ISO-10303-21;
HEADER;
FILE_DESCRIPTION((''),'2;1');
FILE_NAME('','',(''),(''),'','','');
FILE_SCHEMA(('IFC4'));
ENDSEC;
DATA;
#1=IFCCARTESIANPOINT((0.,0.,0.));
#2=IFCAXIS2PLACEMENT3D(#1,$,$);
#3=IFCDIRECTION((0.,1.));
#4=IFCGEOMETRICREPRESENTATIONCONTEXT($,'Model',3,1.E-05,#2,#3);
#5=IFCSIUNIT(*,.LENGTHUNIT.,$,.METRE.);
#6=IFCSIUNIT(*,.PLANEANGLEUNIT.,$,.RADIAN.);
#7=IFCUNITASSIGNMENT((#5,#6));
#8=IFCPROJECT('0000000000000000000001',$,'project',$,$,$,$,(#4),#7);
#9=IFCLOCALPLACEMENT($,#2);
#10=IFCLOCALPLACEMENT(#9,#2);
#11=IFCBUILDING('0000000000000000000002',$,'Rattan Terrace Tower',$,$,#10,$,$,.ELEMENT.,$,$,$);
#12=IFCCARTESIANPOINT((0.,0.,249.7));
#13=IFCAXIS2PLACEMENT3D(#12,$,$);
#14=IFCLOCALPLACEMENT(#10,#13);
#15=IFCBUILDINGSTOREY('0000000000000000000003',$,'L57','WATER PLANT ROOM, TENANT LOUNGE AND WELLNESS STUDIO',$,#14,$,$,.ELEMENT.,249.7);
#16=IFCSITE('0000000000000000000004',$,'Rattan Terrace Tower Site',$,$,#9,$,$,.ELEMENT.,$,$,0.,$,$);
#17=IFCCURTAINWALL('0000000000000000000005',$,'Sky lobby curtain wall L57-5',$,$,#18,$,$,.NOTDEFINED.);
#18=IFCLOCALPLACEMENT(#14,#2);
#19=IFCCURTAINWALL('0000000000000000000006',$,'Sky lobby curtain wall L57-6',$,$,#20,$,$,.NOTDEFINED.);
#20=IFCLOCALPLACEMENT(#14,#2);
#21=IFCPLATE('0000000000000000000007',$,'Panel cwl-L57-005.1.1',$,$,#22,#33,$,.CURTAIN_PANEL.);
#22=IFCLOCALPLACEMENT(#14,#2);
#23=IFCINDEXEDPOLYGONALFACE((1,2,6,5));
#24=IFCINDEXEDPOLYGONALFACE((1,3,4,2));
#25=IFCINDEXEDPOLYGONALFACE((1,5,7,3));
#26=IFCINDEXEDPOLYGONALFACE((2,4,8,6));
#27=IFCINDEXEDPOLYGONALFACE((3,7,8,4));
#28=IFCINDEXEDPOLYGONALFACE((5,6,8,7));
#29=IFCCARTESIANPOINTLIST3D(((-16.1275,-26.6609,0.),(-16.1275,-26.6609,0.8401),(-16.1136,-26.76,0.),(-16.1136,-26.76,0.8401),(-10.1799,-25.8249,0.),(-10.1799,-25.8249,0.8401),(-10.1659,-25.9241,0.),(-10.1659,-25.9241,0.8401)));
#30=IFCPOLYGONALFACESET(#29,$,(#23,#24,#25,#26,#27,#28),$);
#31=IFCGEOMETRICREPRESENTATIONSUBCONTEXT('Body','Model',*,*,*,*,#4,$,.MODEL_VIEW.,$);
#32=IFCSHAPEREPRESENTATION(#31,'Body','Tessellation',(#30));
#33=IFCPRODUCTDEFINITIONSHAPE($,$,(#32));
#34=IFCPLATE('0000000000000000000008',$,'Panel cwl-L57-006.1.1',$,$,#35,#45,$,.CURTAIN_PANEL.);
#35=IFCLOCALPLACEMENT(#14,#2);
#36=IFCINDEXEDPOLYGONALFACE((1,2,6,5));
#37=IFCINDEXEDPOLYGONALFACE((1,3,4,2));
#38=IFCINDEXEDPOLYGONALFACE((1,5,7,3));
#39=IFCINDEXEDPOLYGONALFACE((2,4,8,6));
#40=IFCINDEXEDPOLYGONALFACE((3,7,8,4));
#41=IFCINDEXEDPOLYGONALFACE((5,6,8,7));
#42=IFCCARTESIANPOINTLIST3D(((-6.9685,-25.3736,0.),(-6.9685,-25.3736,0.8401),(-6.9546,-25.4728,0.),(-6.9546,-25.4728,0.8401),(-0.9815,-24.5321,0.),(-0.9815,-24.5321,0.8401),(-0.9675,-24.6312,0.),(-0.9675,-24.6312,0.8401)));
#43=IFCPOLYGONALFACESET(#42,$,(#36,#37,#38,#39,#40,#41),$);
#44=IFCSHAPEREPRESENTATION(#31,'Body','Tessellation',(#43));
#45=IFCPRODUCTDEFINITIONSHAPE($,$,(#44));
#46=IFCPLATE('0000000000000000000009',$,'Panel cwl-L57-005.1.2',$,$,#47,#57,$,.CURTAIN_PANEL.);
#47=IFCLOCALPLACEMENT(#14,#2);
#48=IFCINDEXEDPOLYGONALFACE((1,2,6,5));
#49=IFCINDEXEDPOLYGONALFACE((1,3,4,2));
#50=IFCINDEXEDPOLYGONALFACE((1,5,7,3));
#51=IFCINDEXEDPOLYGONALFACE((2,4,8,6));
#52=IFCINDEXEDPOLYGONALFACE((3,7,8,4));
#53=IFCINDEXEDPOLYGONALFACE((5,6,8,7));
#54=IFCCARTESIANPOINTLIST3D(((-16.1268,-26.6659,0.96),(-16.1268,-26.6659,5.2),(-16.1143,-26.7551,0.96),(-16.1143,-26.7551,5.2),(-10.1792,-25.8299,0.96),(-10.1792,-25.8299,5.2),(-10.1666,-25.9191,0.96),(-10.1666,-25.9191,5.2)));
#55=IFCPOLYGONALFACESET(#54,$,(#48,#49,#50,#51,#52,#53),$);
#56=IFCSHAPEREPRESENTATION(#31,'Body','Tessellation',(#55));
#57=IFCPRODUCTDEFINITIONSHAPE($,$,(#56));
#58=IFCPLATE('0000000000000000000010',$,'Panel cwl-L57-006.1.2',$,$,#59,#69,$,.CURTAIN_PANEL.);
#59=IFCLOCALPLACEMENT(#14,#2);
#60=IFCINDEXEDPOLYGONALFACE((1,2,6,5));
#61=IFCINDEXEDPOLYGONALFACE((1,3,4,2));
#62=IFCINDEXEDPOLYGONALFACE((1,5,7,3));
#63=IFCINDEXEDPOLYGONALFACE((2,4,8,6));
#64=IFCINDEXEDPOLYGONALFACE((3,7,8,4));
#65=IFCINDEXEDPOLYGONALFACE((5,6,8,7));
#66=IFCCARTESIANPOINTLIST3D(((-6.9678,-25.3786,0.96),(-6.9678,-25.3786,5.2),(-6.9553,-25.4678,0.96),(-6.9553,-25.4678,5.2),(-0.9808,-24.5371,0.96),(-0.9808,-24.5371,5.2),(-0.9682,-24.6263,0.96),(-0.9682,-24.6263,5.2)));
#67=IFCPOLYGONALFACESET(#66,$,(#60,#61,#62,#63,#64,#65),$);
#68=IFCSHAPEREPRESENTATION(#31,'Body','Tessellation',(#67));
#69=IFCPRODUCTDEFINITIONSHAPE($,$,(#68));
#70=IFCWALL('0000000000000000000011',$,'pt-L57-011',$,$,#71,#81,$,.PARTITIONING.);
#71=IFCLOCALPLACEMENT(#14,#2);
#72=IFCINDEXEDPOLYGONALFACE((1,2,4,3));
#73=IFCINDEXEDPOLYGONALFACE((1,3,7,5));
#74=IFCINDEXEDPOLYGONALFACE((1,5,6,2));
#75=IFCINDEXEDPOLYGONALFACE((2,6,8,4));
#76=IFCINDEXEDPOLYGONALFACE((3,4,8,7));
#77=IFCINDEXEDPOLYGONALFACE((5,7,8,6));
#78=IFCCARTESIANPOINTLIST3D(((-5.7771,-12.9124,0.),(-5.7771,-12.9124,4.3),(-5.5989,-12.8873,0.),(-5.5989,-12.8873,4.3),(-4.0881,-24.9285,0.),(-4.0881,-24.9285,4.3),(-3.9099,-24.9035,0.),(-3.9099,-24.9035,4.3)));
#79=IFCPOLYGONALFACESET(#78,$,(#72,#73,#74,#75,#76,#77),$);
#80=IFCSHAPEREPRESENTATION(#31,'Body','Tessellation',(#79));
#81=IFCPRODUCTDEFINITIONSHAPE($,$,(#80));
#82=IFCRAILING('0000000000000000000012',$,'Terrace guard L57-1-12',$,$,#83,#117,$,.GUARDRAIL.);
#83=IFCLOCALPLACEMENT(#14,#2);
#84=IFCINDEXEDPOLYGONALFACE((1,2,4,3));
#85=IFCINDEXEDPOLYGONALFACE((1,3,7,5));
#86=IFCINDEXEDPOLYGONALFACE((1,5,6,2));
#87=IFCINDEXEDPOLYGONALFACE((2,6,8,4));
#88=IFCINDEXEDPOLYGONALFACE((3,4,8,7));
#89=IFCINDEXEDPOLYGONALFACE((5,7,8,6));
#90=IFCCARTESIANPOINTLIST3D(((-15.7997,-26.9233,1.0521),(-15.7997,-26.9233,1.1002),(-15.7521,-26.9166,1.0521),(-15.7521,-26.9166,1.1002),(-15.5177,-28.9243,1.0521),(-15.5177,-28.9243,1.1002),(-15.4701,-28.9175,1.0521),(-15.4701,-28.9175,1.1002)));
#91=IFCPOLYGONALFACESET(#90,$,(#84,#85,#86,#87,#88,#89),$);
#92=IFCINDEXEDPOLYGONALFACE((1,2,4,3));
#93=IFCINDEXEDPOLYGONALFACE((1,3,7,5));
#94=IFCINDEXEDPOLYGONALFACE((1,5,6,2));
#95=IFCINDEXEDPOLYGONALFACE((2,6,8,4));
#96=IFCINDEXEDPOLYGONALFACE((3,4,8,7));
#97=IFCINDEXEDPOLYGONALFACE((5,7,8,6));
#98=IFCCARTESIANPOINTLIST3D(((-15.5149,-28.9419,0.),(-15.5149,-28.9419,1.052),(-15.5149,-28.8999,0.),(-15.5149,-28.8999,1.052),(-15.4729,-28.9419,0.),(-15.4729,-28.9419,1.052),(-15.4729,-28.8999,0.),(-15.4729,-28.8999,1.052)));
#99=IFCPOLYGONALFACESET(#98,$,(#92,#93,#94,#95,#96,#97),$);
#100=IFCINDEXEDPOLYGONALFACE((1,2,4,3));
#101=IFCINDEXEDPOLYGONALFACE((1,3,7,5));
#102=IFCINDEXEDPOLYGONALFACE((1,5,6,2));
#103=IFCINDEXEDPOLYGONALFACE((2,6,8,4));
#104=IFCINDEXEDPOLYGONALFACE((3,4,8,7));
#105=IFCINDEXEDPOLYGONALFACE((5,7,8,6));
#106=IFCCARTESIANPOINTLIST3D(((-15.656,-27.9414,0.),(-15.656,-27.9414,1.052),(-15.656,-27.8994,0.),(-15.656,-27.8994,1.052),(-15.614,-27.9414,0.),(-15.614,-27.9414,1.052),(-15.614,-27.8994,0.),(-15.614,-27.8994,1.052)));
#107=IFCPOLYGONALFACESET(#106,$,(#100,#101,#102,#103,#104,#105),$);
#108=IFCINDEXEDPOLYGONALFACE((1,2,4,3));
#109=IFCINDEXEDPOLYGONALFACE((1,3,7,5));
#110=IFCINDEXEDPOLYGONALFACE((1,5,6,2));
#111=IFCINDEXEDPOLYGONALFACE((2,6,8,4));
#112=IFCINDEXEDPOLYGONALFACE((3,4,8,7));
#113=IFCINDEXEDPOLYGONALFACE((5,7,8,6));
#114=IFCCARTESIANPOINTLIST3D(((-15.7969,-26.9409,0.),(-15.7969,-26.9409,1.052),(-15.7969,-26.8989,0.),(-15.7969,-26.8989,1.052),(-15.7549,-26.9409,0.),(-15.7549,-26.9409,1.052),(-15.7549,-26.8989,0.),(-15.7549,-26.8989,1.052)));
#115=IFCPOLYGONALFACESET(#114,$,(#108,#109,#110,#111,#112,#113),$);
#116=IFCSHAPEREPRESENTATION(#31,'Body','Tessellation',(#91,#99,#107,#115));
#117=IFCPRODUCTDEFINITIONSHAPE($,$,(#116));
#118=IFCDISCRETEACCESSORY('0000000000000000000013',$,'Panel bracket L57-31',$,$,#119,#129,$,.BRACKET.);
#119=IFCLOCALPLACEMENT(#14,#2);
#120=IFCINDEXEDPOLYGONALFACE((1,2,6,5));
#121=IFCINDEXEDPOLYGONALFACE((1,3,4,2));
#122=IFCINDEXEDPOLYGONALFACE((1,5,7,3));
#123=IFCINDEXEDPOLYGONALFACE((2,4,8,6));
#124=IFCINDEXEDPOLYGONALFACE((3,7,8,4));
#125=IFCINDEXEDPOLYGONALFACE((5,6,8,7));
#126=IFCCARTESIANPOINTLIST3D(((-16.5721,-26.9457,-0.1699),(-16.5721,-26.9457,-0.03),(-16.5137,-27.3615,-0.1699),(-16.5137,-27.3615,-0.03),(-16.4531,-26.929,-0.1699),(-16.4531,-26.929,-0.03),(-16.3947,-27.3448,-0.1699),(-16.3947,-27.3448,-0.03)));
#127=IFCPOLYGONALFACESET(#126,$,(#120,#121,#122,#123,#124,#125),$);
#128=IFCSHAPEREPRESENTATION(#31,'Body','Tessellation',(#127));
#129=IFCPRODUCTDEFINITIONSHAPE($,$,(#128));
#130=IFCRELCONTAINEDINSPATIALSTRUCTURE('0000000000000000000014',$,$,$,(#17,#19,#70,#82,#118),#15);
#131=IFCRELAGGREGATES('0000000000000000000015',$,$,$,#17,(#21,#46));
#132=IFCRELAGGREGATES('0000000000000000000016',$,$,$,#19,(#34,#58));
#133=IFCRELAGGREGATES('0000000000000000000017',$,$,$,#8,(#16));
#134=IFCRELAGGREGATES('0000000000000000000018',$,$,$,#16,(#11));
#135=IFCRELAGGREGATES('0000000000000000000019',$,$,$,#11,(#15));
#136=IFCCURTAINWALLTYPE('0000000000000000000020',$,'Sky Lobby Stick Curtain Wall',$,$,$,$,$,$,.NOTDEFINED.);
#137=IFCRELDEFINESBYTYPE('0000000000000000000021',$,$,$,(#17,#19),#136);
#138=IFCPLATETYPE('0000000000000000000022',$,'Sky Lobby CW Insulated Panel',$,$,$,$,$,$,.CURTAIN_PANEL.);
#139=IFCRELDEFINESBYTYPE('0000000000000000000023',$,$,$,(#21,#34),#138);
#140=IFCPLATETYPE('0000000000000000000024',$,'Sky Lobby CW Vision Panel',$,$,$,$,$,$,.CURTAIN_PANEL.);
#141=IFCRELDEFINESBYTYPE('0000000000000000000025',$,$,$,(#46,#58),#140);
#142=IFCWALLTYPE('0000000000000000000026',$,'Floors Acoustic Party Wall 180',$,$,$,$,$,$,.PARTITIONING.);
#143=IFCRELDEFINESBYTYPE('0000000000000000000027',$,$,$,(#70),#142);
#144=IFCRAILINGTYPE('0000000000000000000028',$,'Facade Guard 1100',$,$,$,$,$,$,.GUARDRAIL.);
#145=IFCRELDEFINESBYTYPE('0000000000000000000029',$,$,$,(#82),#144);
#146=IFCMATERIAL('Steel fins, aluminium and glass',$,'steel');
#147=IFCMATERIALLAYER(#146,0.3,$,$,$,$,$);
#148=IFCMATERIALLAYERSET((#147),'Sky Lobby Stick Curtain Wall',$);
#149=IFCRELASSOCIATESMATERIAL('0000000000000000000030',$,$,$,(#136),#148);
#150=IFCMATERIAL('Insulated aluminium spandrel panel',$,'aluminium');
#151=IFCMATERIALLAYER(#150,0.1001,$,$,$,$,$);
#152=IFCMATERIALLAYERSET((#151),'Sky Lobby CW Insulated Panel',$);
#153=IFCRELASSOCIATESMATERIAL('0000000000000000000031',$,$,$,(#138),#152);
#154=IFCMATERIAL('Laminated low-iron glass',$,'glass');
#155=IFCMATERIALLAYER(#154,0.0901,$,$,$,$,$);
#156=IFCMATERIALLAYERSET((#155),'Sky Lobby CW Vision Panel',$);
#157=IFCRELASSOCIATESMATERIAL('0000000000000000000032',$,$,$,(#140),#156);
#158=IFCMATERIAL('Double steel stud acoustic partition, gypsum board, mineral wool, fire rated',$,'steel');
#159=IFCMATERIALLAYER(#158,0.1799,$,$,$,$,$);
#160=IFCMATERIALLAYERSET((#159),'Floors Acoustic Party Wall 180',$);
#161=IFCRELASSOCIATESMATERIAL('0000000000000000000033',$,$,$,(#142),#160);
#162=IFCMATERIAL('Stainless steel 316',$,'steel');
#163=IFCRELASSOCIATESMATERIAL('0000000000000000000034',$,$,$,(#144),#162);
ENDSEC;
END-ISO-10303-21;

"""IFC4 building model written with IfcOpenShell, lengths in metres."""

from ifc_helpers import new_model, si_unit, direction, frame, frame_2d, origin, origin_2d, place, context, subcontext, project, spatial, rectangle, extrude, material, layer, layer_set, type_object, element, aggregate, save


model = new_model("IFC4")

# Units and contexts
model_context = context("Model", 3, precision=1e-05, world=origin(), true_north=direction((0.0, 1.0)))
body_context = subcontext(model_context, "Body", "Model", "MODEL_VIEW")
ifc_project = project(units=[si_unit("LENGTHUNIT", "METRE"), si_unit("PLANEANGLEUNIT", "RADIAN")], contexts=[model_context])

# Site, building, storey
site_placement = place(None, origin())
site = spatial("IfcSite", under=ifc_project, at=site_placement, Name="Rattan Terrace Tower Site", CompositionType="ELEMENT", RefElevation=0.0)
building_placement = place(site_placement, origin())
building = spatial("IfcBuilding", under=site, at=building_placement, Name="Rattan Terrace Tower", CompositionType="ELEMENT")
storey_placement = place(building_placement, frame((0.0, 0.0, 249.7)))
storey = spatial("IfcBuildingStorey", under=building, at=storey_placement, Name="L57", Description="WATER PLANT ROOM, TENANT LOUNGE AND WELLNESS STUDIO", CompositionType="ELEMENT", Elevation=249.7)

# Curtain walls
ifc_material_1 = material(Name="Steel fins, aluminium and glass", Category="steel")
ifc_layer_1 = layer(ifc_material_1, 0.3)
ifc_layer_set_1 = layer_set([ifc_layer_1], Name="Sky Lobby Stick Curtain Wall")
curtain_wall_type = type_object("IfcCurtainWallType", Name="Sky Lobby Stick Curtain Wall", PredefinedType="NOTDEFINED", material=ifc_layer_set_1)
curtain_wall_1_placement = place(storey_placement, origin())
curtain_wall_1 = element("IfcCurtainWall", 1, at=curtain_wall_1_placement, inside=storey, type_object=curtain_wall_type, Name="Sky lobby curtain wall L57-5", PredefinedType="NOTDEFINED")
curtain_wall_2_placement = place(storey_placement, origin())
curtain_wall_2 = element("IfcCurtainWall", 2, at=curtain_wall_2_placement, inside=storey, type_object=curtain_wall_type, Name="Sky lobby curtain wall L57-6", PredefinedType="NOTDEFINED")

# Plates
ifc_material_2 = material(Name="Insulated aluminium spandrel panel", Category="aluminium")
ifc_layer_2 = layer(ifc_material_2, 0.1001)
ifc_layer_set_2 = layer_set([ifc_layer_2], Name="Sky Lobby CW Insulated Panel")
plate_type_1 = type_object("IfcPlateType", Name="Sky Lobby CW Insulated Panel", PredefinedType="CURTAIN_PANEL", material=ifc_layer_set_2)
plate_1_placement = place(storey_placement, frame((-13.1467, -26.2925, 0.0), z_axis=(0.0, 0.0, 1.0), x_axis=(0.990266, 0.139189, 0.0)))
plate_1 = element("IfcPlate", 3, at=plate_1_placement, type_object=plate_type_1, Name="Panel cwl-L57-005.1.1", PredefinedType="CURTAIN_PANEL", context=body_context, shape_type="SweptSolid", body=[
    extrude(rectangle(XDim=6.0061, YDim=0.1001, at=origin_2d()), origin(), (0.0, 0.0, 1.0), 0.8401),
])
plate_2_placement = place(storey_placement, frame((-3.968, -25.0024, 0.0), z_axis=(0.0, 0.0, 1.0), x_axis=(0.990266, 0.139189, 0.0)))
plate_2 = element("IfcPlate", 4, at=plate_2_placement, type_object=plate_type_1, Name="Panel cwl-L57-006.1.1", PredefinedType="CURTAIN_PANEL", context=body_context, shape_type="SweptSolid", body=[
    extrude(rectangle(XDim=6.0459, YDim=0.1001, at=origin_2d()), origin(), (0.0, 0.0, 1.0), 0.8401),
])
ifc_material_3 = material(Name="Laminated low-iron glass", Category="glass")
ifc_layer_3 = layer(ifc_material_3, 0.0901)
ifc_layer_set_3 = layer_set([ifc_layer_3], Name="Sky Lobby CW Vision Panel")
plate_type_2 = type_object("IfcPlateType", Name="Sky Lobby CW Vision Panel", PredefinedType="CURTAIN_PANEL", material=ifc_layer_set_3)
plate_3_placement = place(storey_placement, frame((-13.1467, -26.2925, 0.96), z_axis=(0.0, 0.0, 1.0), x_axis=(0.990266, 0.139189, 0.0)))
plate_3 = element("IfcPlate", 5, at=plate_3_placement, type_object=plate_type_2, Name="Panel cwl-L57-005.1.2", PredefinedType="CURTAIN_PANEL", context=body_context, shape_type="SweptSolid", body=[
    extrude(rectangle(XDim=6.0061, YDim=0.0901, at=origin_2d()), origin(), (0.0, 0.0, 1.0), 4.24),
])
aggregate(curtain_wall_1, [plate_1, plate_3])
plate_4_placement = place(storey_placement, frame((-3.968, -25.0024, 0.96), z_axis=(0.0, 0.0, 1.0), x_axis=(0.990266, 0.139189, 0.0)))
plate_4 = element("IfcPlate", 6, at=plate_4_placement, type_object=plate_type_2, Name="Panel cwl-L57-006.1.2", PredefinedType="CURTAIN_PANEL", context=body_context, shape_type="SweptSolid", body=[
    extrude(rectangle(XDim=6.0459, YDim=0.0901, at=origin_2d()), origin(), (0.0, 0.0, 1.0), 4.24),
])
aggregate(curtain_wall_2, [plate_2, plate_4])

# Wall
ifc_material_4 = material(Name="Double steel stud acoustic partition, gypsum board, mineral wool, fire rated", Category="steel")
ifc_layer_4 = layer(ifc_material_4, 0.1799)
ifc_layer_set_4 = layer_set([ifc_layer_4], Name="Floors Acoustic Party Wall 180")
wall_type_1 = type_object("IfcWallType", Name="Floors Acoustic Party Wall 180", PredefinedType="PARTITIONING", material=ifc_layer_set_4)
wall_1_placement = place(storey_placement, frame((-3.999, -24.916, 0.0), z_axis=(0.0, 0.0, 1.0), x_axis=(-0.13919, 0.990266, 0.0)))
element("IfcWall", 7, at=wall_1_placement, inside=storey, type_object=wall_type_1, Name="pt-L57-011", PredefinedType="PARTITIONING", context=body_context, shape_type="SweptSolid", body=[
    extrude(rectangle(XDim=12.1343, YDim=0.1799, at=frame_2d((6.0671, 0.0))), origin(), (0.0, 0.0, 1.0), 4.3),
])

# Railing
ifc_material_5 = material(Name="Stainless steel 316", Category="steel")
railing_type = type_object("IfcRailingType", Name="Facade Guard 1100", PredefinedType="GUARDRAIL", material=ifc_material_5)
railing_placement = place(storey_placement, frame((-15.4939, -28.9209, 0.0)))
element("IfcRailing", 8, at=railing_placement, inside=storey, type_object=railing_type, Name="Terrace guard L57-1-12", PredefinedType="GUARDRAIL", context=body_context, shape_type="SweptSolid", body=[
    extrude(rectangle(XDim=0.0481, YDim=0.0481, at=origin_2d()), frame((0.0, 0.0, 1.0762), z_axis=(-0.139544, 0.990216, 0.0), x_axis=(-0.990216, -0.139544, 0.0)), (0.0, 0.0, 1.0), 2.0208),
    extrude(rectangle(XDim=0.042, YDim=0.042, at=origin_2d()), origin(), (0.0, 0.0, 1.0), 1.052),
    extrude(rectangle(XDim=0.042, YDim=0.042, at=origin_2d()), frame((-0.1411, 1.0005, 0.0)), (0.0, 0.0, 1.0), 1.052),
    extrude(rectangle(XDim=0.042, YDim=0.042, at=origin_2d()), frame((-0.282, 2.001, 0.0)), (0.0, 0.0, 1.0), 1.052),
])

# Discrete accessory
discrete_accessory_placement = place(storey_placement, frame((-16.4834, -27.1453, -0.1699), z_axis=(0.0, 0.0, 1.0), x_axis=(0.990287, 0.13904, 0.0)))
element("IfcDiscreteAccessory", 9, at=discrete_accessory_placement, inside=storey, Name="Panel bracket L57-31", PredefinedType="BRACKET", context=body_context, shape_type="SweptSolid", body=[
    extrude(rectangle(XDim=0.1201, YDim=0.4199, at=origin_2d()), origin(), (0.0, 0.0, 1.0), 0.1399),
])

save(model, "model.ifc")
